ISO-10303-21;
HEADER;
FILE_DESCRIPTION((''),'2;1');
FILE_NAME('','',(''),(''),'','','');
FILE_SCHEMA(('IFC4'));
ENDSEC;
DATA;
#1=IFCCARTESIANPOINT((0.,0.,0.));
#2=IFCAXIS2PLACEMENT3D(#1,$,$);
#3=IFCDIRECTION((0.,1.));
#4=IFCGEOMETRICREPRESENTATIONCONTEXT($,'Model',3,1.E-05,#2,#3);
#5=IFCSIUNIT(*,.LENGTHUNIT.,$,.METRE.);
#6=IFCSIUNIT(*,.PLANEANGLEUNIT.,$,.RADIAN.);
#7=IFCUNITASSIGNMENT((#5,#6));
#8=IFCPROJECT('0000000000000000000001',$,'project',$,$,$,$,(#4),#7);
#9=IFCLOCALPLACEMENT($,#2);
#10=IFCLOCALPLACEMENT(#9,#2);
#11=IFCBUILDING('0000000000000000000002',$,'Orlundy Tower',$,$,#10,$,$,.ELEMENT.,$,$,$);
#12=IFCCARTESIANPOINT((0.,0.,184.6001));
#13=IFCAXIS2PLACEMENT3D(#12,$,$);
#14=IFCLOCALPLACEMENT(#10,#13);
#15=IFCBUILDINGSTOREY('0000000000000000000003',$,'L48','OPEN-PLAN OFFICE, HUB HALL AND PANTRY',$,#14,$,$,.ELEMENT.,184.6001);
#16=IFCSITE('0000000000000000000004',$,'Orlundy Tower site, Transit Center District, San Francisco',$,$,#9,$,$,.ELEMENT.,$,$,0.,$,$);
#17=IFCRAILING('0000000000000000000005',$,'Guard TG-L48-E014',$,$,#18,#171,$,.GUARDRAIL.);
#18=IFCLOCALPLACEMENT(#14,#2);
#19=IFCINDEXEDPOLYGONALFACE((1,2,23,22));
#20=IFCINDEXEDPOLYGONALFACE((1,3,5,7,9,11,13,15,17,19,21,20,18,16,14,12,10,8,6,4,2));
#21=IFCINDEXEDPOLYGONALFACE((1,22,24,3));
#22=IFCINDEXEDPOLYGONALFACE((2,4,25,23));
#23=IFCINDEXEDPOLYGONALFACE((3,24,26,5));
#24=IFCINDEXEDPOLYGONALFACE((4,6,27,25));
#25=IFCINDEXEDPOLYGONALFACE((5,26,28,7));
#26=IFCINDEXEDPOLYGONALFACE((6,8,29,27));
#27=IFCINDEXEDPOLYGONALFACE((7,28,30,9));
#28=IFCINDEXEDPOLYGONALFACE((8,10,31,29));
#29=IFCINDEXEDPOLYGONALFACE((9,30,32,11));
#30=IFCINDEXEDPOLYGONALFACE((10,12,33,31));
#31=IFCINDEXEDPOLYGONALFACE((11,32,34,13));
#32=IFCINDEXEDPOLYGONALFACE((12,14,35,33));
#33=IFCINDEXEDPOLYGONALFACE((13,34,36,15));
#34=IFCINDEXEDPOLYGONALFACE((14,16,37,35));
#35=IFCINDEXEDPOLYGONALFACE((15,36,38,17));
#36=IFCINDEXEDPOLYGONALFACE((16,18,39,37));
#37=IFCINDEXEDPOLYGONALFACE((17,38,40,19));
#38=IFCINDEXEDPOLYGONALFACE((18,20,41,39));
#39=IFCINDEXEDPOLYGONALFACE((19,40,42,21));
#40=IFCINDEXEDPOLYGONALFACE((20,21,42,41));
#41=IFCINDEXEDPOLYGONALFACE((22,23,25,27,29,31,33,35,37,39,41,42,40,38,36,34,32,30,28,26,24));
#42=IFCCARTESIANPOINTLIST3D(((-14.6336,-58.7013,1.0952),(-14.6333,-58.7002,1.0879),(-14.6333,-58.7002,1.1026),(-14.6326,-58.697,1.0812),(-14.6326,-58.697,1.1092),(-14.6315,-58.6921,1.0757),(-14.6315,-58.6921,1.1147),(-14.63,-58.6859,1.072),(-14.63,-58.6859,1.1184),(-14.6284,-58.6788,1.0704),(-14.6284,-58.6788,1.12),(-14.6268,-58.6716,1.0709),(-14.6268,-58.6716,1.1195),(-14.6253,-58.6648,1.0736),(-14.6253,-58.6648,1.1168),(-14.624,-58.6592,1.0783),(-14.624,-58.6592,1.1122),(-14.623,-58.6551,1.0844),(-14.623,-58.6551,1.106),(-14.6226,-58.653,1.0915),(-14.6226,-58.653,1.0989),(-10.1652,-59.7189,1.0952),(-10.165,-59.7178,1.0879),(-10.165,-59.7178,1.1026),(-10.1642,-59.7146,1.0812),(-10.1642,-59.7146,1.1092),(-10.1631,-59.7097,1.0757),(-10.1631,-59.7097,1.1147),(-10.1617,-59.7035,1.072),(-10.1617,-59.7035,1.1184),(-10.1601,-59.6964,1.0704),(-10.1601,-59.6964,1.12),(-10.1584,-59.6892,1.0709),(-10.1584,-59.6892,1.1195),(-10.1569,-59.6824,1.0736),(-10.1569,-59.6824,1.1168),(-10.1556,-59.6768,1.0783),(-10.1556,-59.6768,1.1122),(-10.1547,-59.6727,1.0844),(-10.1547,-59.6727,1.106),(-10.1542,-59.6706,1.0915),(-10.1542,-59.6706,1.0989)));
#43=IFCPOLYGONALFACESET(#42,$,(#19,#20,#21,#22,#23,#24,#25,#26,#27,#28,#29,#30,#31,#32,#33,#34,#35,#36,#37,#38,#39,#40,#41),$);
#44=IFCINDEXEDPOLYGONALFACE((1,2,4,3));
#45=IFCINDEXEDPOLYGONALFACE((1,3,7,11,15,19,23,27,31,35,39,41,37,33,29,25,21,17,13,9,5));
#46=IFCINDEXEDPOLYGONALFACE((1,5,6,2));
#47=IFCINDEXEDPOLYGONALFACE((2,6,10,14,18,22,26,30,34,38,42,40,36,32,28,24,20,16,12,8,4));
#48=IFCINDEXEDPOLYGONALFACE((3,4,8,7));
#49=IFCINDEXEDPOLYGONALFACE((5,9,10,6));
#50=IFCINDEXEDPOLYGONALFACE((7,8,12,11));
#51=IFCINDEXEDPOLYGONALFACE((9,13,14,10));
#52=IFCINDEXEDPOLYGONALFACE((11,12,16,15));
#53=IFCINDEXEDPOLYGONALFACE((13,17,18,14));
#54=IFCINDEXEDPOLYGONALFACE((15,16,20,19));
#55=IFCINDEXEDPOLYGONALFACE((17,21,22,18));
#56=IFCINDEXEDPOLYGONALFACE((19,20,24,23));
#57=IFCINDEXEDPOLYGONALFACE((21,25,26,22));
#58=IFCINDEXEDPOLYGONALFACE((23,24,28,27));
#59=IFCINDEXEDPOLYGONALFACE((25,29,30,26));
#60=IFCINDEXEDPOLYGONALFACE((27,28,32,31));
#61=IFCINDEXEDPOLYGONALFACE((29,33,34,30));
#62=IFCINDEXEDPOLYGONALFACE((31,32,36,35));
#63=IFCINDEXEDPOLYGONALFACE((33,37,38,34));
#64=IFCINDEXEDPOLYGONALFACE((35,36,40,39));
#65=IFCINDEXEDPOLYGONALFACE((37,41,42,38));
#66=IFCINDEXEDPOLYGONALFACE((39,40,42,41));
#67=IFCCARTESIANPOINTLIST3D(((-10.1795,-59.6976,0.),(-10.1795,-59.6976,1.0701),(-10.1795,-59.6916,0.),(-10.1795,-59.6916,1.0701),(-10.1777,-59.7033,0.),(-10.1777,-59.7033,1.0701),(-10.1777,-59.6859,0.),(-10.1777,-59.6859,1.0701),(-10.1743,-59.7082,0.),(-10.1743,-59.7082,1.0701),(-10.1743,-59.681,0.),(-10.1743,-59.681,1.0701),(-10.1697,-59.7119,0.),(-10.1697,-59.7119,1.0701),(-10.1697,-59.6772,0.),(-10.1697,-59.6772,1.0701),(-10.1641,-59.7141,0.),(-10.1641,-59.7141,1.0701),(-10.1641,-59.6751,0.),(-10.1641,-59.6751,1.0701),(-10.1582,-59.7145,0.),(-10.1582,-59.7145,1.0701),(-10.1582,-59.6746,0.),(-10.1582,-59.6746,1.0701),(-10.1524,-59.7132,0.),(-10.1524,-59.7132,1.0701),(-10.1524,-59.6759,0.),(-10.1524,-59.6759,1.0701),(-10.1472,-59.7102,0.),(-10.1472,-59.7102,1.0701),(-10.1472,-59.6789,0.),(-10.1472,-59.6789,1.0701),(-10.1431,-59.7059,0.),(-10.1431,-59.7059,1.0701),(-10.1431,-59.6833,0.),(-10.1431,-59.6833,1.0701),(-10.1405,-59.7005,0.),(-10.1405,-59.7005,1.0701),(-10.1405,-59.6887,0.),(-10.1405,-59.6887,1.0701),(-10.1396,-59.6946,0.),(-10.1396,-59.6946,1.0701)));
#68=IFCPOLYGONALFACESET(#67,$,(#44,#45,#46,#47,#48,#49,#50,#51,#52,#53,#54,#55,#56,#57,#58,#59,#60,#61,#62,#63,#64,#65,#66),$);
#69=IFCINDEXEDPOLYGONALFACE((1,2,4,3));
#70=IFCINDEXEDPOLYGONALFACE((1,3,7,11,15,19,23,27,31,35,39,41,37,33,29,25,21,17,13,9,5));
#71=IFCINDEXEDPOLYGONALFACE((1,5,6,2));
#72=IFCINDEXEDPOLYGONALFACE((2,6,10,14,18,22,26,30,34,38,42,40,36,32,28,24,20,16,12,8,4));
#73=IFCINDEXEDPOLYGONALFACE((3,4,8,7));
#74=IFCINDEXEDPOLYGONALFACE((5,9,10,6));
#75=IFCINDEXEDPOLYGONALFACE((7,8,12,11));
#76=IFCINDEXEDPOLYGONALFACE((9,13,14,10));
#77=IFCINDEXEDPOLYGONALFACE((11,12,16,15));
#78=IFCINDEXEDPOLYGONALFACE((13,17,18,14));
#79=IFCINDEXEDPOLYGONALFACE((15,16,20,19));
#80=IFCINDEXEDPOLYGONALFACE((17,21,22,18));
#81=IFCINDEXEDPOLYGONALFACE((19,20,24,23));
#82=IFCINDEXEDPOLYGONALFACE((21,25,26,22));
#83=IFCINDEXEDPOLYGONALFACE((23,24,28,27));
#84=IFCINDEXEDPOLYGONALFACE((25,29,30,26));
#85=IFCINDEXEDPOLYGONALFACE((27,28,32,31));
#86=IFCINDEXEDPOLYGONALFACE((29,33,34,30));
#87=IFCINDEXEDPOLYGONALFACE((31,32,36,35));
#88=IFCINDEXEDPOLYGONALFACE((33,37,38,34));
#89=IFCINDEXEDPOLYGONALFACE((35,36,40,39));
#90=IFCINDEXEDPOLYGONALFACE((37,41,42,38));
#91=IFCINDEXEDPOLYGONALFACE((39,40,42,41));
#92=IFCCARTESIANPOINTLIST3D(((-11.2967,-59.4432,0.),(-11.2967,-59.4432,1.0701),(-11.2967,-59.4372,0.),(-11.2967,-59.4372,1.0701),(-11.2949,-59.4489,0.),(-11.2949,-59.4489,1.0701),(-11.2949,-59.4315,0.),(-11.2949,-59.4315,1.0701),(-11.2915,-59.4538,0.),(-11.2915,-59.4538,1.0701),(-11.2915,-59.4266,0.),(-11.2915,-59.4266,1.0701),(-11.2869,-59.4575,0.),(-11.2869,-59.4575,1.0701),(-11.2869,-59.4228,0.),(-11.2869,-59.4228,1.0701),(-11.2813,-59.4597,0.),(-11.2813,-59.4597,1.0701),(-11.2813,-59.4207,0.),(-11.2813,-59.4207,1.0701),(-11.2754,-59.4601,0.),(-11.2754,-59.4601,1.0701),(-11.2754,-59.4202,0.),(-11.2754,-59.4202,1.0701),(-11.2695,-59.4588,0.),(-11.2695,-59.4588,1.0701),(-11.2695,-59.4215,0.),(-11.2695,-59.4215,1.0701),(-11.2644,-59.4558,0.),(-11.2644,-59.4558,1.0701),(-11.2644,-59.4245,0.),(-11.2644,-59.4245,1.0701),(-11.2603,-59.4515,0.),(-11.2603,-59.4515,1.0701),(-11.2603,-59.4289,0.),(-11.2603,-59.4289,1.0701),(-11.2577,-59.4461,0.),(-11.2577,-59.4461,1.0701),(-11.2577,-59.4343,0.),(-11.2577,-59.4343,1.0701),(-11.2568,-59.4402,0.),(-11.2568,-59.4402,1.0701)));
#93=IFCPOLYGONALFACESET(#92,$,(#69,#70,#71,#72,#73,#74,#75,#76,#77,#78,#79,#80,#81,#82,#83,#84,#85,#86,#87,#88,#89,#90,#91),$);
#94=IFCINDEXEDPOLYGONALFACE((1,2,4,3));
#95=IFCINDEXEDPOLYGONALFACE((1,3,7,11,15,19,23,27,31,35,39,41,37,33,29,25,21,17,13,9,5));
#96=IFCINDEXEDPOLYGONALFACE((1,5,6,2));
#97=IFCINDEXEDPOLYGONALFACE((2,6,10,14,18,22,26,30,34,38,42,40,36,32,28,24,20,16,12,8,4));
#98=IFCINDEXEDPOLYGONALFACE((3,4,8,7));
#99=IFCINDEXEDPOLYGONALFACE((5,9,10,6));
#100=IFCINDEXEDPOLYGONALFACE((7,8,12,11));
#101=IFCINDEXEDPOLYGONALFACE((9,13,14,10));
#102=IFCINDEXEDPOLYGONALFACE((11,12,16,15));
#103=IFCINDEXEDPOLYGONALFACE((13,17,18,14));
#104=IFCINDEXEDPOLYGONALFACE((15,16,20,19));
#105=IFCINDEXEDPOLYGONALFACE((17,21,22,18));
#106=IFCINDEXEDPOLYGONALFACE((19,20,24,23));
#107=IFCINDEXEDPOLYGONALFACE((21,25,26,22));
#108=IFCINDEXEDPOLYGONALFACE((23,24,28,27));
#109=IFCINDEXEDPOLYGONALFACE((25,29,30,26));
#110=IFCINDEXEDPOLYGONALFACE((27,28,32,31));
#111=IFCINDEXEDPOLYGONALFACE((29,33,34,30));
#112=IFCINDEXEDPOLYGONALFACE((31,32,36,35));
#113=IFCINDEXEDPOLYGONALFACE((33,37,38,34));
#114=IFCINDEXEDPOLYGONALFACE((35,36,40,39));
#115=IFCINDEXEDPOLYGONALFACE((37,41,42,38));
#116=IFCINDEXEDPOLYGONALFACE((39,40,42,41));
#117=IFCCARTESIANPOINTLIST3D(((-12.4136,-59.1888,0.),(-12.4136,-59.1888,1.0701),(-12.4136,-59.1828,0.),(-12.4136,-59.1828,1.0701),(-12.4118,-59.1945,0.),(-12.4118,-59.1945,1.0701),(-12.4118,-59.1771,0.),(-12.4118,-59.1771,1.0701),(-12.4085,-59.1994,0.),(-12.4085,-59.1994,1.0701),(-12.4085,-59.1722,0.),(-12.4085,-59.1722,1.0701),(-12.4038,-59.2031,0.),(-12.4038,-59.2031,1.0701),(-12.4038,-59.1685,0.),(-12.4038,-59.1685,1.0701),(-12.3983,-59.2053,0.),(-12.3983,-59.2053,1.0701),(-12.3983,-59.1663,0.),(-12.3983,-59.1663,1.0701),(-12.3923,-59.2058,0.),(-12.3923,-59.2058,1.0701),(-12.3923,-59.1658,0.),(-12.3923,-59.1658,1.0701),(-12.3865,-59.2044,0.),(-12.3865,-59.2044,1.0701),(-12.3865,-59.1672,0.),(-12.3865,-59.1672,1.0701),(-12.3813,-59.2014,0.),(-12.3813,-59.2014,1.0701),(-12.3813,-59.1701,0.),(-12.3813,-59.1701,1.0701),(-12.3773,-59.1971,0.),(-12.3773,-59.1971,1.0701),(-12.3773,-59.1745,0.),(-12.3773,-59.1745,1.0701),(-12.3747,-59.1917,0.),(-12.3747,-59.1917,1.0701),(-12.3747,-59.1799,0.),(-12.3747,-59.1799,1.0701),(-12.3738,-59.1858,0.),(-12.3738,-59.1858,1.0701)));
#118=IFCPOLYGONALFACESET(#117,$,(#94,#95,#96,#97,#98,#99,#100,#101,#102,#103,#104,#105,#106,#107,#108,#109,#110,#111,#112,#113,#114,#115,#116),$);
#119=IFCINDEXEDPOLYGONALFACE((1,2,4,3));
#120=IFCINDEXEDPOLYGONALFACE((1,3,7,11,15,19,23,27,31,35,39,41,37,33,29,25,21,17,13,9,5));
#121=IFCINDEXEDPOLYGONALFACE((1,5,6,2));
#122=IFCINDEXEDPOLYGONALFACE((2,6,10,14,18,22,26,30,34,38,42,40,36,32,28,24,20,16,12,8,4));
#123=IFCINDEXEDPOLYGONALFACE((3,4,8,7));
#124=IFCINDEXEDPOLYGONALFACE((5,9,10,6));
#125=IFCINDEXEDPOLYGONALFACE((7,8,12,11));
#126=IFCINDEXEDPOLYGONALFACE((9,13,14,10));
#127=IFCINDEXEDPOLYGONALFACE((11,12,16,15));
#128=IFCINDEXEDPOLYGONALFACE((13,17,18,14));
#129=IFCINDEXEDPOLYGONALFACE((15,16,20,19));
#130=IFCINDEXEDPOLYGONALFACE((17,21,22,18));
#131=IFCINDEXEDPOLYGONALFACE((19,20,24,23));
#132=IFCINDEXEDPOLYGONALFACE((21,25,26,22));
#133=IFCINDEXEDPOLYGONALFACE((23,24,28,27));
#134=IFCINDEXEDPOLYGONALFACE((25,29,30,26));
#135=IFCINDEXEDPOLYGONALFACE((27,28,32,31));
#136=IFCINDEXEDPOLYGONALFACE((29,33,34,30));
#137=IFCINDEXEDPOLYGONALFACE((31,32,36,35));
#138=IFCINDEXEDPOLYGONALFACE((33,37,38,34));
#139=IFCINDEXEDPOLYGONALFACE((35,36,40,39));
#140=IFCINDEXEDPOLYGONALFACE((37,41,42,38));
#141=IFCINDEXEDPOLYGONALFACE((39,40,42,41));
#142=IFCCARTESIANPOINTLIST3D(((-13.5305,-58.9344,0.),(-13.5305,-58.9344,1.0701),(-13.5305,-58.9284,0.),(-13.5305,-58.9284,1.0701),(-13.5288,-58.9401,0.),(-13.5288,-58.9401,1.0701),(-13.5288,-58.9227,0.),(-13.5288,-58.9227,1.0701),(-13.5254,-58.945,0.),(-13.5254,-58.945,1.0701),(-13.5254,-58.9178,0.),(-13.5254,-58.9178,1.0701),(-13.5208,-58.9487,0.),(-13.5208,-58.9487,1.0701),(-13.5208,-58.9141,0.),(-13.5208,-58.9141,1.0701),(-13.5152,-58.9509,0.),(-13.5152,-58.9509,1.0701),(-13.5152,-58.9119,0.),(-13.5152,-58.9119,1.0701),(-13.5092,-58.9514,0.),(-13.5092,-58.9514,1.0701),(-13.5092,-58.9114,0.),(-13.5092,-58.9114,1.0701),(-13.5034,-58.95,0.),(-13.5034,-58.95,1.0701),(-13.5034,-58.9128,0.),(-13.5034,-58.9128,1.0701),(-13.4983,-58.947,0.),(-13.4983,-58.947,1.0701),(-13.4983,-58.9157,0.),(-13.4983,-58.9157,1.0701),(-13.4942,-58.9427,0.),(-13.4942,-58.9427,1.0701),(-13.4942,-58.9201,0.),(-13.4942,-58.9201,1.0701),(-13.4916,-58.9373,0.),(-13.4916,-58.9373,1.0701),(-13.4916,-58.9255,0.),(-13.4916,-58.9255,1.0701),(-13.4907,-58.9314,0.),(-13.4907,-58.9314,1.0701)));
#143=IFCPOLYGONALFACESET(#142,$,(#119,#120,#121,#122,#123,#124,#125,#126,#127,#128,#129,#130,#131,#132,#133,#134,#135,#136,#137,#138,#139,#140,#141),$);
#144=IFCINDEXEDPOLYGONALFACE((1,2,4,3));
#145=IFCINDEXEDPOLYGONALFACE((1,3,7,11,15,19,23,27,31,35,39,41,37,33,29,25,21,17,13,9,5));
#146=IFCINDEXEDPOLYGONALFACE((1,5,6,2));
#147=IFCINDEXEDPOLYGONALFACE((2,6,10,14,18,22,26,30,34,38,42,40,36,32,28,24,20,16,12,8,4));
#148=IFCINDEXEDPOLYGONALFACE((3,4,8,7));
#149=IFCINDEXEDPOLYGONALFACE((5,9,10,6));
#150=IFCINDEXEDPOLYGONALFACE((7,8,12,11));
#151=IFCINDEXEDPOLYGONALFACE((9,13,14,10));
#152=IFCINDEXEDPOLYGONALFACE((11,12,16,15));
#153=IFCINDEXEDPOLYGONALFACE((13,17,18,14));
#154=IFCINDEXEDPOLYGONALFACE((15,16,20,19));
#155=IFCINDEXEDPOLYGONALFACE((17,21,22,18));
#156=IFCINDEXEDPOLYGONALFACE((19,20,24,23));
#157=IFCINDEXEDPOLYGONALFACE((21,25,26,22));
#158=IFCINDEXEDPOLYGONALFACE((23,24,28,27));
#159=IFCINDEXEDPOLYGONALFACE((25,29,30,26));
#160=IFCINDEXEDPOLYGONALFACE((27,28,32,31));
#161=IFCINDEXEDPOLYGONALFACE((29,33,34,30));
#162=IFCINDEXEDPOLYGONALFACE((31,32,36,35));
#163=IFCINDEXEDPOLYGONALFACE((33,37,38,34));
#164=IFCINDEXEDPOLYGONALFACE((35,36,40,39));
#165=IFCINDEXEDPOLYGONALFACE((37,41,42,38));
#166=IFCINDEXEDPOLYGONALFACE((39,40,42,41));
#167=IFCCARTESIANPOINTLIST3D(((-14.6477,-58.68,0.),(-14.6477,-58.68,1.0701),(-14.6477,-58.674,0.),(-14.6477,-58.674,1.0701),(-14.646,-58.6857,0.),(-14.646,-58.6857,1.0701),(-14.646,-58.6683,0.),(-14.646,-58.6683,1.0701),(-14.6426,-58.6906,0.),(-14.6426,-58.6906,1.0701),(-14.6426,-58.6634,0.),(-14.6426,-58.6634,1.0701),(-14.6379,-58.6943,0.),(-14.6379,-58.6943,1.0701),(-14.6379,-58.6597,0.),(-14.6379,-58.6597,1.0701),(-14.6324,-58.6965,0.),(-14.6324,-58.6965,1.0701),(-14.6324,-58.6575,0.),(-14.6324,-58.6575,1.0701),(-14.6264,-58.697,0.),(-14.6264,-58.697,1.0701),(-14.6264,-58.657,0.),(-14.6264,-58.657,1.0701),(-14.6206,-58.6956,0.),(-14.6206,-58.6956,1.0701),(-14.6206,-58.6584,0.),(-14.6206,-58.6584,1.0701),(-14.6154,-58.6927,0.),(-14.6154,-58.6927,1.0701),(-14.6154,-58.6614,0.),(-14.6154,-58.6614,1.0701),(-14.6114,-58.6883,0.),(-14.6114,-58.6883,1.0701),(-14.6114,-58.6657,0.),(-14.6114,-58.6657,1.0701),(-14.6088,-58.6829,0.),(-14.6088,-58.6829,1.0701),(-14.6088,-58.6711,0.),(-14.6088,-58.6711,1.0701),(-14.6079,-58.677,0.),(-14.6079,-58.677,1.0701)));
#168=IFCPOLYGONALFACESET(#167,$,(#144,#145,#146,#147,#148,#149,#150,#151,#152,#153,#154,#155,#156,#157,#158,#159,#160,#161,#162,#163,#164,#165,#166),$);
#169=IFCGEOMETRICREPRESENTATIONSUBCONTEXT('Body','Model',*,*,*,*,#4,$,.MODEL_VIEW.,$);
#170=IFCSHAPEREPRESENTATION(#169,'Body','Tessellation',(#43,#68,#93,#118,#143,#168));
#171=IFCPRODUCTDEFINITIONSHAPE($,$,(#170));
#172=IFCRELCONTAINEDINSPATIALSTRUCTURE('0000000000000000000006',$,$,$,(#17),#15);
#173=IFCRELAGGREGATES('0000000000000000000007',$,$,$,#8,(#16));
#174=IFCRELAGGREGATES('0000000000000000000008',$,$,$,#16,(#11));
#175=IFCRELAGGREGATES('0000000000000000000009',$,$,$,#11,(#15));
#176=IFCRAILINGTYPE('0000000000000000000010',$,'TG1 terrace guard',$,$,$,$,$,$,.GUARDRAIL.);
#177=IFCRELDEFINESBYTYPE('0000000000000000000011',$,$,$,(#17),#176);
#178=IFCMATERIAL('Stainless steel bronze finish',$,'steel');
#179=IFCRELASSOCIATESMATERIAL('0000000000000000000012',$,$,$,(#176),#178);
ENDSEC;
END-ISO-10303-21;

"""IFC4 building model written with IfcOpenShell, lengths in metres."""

from ifc_helpers import new_model, si_unit, direction, frame, origin, origin_2d, place, context, subcontext, project, spatial, circle, extrude, material, type_object, element, save


model = new_model("IFC4")

# Units and contexts
model_context = context("Model", 3, precision=1e-05, world=origin(), true_north=direction((0.0, 1.0)))
body_context = subcontext(model_context, "Body", "Model", "MODEL_VIEW")
ifc_project = project(units=[si_unit("LENGTHUNIT", "METRE"), si_unit("PLANEANGLEUNIT", "RADIAN")], contexts=[model_context])

# Site, building, storey
site_placement = place(None, origin())
site = spatial("IfcSite", under=ifc_project, at=site_placement, Name="Orlundy Tower site, Transit Center District, San Francisco", CompositionType="ELEMENT", RefElevation=0.0)
building_placement = place(site_placement, origin())
building = spatial("IfcBuilding", under=site, at=building_placement, Name="Orlundy Tower", CompositionType="ELEMENT")
storey_placement = place(building_placement, frame((0.0, 0.0, 184.6001)))
storey = spatial("IfcBuildingStorey", under=building, at=storey_placement, Name="L48", Description="OPEN-PLAN OFFICE, HUB HALL AND PANTRY", CompositionType="ELEMENT", Elevation=184.6001)

# Railing
ifc_material_1 = material(Name="Stainless steel bronze finish", Category="steel")
railing_type = type_object("IfcRailingType", Name="TG1 terrace guard", PredefinedType="GUARDRAIL", material=ifc_material_1)
railing_1_placement = place(storey_placement, frame((-10.1597, -59.6946, 0.0)))
element("IfcRailing", 1, at=railing_1_placement, inside=storey, type_object=railing_type, Name="Guard TG-L48-E014", PredefinedType="GUARDRAIL", context=body_context, shape_type="SweptSolid", body=[
    extrude(circle(Radius=0.0249, at=origin_2d()), frame((0.0, 0.0, 1.0952), z_axis=(-0.975035, 0.222049, 0.0), x_axis=(-0.222049, -0.975035, 0.0)), (0.0, 0.0, 1.0), 4.5828),
    extrude(circle(Radius=0.02, at=origin_2d()), origin(), (0.0, 0.0, 1.0), 1.0701),
    extrude(circle(Radius=0.02, at=origin_2d()), frame((-1.1172, 0.2544, 0.0)), (0.0, 0.0, 1.0), 1.0701),
    extrude(circle(Radius=0.02, at=origin_2d()), frame((-2.2341, 0.5088, 0.0)), (0.0, 0.0, 1.0), 1.0701),
    extrude(circle(Radius=0.02, at=origin_2d()), frame((-3.3511, 0.7632, 0.0)), (0.0, 0.0, 1.0), 1.0701),
    extrude(circle(Radius=0.02, at=origin_2d()), frame((-4.4683, 1.0176, 0.0)), (0.0, 0.0, 1.0), 1.0701),
])

save(model, "model.ifc")
